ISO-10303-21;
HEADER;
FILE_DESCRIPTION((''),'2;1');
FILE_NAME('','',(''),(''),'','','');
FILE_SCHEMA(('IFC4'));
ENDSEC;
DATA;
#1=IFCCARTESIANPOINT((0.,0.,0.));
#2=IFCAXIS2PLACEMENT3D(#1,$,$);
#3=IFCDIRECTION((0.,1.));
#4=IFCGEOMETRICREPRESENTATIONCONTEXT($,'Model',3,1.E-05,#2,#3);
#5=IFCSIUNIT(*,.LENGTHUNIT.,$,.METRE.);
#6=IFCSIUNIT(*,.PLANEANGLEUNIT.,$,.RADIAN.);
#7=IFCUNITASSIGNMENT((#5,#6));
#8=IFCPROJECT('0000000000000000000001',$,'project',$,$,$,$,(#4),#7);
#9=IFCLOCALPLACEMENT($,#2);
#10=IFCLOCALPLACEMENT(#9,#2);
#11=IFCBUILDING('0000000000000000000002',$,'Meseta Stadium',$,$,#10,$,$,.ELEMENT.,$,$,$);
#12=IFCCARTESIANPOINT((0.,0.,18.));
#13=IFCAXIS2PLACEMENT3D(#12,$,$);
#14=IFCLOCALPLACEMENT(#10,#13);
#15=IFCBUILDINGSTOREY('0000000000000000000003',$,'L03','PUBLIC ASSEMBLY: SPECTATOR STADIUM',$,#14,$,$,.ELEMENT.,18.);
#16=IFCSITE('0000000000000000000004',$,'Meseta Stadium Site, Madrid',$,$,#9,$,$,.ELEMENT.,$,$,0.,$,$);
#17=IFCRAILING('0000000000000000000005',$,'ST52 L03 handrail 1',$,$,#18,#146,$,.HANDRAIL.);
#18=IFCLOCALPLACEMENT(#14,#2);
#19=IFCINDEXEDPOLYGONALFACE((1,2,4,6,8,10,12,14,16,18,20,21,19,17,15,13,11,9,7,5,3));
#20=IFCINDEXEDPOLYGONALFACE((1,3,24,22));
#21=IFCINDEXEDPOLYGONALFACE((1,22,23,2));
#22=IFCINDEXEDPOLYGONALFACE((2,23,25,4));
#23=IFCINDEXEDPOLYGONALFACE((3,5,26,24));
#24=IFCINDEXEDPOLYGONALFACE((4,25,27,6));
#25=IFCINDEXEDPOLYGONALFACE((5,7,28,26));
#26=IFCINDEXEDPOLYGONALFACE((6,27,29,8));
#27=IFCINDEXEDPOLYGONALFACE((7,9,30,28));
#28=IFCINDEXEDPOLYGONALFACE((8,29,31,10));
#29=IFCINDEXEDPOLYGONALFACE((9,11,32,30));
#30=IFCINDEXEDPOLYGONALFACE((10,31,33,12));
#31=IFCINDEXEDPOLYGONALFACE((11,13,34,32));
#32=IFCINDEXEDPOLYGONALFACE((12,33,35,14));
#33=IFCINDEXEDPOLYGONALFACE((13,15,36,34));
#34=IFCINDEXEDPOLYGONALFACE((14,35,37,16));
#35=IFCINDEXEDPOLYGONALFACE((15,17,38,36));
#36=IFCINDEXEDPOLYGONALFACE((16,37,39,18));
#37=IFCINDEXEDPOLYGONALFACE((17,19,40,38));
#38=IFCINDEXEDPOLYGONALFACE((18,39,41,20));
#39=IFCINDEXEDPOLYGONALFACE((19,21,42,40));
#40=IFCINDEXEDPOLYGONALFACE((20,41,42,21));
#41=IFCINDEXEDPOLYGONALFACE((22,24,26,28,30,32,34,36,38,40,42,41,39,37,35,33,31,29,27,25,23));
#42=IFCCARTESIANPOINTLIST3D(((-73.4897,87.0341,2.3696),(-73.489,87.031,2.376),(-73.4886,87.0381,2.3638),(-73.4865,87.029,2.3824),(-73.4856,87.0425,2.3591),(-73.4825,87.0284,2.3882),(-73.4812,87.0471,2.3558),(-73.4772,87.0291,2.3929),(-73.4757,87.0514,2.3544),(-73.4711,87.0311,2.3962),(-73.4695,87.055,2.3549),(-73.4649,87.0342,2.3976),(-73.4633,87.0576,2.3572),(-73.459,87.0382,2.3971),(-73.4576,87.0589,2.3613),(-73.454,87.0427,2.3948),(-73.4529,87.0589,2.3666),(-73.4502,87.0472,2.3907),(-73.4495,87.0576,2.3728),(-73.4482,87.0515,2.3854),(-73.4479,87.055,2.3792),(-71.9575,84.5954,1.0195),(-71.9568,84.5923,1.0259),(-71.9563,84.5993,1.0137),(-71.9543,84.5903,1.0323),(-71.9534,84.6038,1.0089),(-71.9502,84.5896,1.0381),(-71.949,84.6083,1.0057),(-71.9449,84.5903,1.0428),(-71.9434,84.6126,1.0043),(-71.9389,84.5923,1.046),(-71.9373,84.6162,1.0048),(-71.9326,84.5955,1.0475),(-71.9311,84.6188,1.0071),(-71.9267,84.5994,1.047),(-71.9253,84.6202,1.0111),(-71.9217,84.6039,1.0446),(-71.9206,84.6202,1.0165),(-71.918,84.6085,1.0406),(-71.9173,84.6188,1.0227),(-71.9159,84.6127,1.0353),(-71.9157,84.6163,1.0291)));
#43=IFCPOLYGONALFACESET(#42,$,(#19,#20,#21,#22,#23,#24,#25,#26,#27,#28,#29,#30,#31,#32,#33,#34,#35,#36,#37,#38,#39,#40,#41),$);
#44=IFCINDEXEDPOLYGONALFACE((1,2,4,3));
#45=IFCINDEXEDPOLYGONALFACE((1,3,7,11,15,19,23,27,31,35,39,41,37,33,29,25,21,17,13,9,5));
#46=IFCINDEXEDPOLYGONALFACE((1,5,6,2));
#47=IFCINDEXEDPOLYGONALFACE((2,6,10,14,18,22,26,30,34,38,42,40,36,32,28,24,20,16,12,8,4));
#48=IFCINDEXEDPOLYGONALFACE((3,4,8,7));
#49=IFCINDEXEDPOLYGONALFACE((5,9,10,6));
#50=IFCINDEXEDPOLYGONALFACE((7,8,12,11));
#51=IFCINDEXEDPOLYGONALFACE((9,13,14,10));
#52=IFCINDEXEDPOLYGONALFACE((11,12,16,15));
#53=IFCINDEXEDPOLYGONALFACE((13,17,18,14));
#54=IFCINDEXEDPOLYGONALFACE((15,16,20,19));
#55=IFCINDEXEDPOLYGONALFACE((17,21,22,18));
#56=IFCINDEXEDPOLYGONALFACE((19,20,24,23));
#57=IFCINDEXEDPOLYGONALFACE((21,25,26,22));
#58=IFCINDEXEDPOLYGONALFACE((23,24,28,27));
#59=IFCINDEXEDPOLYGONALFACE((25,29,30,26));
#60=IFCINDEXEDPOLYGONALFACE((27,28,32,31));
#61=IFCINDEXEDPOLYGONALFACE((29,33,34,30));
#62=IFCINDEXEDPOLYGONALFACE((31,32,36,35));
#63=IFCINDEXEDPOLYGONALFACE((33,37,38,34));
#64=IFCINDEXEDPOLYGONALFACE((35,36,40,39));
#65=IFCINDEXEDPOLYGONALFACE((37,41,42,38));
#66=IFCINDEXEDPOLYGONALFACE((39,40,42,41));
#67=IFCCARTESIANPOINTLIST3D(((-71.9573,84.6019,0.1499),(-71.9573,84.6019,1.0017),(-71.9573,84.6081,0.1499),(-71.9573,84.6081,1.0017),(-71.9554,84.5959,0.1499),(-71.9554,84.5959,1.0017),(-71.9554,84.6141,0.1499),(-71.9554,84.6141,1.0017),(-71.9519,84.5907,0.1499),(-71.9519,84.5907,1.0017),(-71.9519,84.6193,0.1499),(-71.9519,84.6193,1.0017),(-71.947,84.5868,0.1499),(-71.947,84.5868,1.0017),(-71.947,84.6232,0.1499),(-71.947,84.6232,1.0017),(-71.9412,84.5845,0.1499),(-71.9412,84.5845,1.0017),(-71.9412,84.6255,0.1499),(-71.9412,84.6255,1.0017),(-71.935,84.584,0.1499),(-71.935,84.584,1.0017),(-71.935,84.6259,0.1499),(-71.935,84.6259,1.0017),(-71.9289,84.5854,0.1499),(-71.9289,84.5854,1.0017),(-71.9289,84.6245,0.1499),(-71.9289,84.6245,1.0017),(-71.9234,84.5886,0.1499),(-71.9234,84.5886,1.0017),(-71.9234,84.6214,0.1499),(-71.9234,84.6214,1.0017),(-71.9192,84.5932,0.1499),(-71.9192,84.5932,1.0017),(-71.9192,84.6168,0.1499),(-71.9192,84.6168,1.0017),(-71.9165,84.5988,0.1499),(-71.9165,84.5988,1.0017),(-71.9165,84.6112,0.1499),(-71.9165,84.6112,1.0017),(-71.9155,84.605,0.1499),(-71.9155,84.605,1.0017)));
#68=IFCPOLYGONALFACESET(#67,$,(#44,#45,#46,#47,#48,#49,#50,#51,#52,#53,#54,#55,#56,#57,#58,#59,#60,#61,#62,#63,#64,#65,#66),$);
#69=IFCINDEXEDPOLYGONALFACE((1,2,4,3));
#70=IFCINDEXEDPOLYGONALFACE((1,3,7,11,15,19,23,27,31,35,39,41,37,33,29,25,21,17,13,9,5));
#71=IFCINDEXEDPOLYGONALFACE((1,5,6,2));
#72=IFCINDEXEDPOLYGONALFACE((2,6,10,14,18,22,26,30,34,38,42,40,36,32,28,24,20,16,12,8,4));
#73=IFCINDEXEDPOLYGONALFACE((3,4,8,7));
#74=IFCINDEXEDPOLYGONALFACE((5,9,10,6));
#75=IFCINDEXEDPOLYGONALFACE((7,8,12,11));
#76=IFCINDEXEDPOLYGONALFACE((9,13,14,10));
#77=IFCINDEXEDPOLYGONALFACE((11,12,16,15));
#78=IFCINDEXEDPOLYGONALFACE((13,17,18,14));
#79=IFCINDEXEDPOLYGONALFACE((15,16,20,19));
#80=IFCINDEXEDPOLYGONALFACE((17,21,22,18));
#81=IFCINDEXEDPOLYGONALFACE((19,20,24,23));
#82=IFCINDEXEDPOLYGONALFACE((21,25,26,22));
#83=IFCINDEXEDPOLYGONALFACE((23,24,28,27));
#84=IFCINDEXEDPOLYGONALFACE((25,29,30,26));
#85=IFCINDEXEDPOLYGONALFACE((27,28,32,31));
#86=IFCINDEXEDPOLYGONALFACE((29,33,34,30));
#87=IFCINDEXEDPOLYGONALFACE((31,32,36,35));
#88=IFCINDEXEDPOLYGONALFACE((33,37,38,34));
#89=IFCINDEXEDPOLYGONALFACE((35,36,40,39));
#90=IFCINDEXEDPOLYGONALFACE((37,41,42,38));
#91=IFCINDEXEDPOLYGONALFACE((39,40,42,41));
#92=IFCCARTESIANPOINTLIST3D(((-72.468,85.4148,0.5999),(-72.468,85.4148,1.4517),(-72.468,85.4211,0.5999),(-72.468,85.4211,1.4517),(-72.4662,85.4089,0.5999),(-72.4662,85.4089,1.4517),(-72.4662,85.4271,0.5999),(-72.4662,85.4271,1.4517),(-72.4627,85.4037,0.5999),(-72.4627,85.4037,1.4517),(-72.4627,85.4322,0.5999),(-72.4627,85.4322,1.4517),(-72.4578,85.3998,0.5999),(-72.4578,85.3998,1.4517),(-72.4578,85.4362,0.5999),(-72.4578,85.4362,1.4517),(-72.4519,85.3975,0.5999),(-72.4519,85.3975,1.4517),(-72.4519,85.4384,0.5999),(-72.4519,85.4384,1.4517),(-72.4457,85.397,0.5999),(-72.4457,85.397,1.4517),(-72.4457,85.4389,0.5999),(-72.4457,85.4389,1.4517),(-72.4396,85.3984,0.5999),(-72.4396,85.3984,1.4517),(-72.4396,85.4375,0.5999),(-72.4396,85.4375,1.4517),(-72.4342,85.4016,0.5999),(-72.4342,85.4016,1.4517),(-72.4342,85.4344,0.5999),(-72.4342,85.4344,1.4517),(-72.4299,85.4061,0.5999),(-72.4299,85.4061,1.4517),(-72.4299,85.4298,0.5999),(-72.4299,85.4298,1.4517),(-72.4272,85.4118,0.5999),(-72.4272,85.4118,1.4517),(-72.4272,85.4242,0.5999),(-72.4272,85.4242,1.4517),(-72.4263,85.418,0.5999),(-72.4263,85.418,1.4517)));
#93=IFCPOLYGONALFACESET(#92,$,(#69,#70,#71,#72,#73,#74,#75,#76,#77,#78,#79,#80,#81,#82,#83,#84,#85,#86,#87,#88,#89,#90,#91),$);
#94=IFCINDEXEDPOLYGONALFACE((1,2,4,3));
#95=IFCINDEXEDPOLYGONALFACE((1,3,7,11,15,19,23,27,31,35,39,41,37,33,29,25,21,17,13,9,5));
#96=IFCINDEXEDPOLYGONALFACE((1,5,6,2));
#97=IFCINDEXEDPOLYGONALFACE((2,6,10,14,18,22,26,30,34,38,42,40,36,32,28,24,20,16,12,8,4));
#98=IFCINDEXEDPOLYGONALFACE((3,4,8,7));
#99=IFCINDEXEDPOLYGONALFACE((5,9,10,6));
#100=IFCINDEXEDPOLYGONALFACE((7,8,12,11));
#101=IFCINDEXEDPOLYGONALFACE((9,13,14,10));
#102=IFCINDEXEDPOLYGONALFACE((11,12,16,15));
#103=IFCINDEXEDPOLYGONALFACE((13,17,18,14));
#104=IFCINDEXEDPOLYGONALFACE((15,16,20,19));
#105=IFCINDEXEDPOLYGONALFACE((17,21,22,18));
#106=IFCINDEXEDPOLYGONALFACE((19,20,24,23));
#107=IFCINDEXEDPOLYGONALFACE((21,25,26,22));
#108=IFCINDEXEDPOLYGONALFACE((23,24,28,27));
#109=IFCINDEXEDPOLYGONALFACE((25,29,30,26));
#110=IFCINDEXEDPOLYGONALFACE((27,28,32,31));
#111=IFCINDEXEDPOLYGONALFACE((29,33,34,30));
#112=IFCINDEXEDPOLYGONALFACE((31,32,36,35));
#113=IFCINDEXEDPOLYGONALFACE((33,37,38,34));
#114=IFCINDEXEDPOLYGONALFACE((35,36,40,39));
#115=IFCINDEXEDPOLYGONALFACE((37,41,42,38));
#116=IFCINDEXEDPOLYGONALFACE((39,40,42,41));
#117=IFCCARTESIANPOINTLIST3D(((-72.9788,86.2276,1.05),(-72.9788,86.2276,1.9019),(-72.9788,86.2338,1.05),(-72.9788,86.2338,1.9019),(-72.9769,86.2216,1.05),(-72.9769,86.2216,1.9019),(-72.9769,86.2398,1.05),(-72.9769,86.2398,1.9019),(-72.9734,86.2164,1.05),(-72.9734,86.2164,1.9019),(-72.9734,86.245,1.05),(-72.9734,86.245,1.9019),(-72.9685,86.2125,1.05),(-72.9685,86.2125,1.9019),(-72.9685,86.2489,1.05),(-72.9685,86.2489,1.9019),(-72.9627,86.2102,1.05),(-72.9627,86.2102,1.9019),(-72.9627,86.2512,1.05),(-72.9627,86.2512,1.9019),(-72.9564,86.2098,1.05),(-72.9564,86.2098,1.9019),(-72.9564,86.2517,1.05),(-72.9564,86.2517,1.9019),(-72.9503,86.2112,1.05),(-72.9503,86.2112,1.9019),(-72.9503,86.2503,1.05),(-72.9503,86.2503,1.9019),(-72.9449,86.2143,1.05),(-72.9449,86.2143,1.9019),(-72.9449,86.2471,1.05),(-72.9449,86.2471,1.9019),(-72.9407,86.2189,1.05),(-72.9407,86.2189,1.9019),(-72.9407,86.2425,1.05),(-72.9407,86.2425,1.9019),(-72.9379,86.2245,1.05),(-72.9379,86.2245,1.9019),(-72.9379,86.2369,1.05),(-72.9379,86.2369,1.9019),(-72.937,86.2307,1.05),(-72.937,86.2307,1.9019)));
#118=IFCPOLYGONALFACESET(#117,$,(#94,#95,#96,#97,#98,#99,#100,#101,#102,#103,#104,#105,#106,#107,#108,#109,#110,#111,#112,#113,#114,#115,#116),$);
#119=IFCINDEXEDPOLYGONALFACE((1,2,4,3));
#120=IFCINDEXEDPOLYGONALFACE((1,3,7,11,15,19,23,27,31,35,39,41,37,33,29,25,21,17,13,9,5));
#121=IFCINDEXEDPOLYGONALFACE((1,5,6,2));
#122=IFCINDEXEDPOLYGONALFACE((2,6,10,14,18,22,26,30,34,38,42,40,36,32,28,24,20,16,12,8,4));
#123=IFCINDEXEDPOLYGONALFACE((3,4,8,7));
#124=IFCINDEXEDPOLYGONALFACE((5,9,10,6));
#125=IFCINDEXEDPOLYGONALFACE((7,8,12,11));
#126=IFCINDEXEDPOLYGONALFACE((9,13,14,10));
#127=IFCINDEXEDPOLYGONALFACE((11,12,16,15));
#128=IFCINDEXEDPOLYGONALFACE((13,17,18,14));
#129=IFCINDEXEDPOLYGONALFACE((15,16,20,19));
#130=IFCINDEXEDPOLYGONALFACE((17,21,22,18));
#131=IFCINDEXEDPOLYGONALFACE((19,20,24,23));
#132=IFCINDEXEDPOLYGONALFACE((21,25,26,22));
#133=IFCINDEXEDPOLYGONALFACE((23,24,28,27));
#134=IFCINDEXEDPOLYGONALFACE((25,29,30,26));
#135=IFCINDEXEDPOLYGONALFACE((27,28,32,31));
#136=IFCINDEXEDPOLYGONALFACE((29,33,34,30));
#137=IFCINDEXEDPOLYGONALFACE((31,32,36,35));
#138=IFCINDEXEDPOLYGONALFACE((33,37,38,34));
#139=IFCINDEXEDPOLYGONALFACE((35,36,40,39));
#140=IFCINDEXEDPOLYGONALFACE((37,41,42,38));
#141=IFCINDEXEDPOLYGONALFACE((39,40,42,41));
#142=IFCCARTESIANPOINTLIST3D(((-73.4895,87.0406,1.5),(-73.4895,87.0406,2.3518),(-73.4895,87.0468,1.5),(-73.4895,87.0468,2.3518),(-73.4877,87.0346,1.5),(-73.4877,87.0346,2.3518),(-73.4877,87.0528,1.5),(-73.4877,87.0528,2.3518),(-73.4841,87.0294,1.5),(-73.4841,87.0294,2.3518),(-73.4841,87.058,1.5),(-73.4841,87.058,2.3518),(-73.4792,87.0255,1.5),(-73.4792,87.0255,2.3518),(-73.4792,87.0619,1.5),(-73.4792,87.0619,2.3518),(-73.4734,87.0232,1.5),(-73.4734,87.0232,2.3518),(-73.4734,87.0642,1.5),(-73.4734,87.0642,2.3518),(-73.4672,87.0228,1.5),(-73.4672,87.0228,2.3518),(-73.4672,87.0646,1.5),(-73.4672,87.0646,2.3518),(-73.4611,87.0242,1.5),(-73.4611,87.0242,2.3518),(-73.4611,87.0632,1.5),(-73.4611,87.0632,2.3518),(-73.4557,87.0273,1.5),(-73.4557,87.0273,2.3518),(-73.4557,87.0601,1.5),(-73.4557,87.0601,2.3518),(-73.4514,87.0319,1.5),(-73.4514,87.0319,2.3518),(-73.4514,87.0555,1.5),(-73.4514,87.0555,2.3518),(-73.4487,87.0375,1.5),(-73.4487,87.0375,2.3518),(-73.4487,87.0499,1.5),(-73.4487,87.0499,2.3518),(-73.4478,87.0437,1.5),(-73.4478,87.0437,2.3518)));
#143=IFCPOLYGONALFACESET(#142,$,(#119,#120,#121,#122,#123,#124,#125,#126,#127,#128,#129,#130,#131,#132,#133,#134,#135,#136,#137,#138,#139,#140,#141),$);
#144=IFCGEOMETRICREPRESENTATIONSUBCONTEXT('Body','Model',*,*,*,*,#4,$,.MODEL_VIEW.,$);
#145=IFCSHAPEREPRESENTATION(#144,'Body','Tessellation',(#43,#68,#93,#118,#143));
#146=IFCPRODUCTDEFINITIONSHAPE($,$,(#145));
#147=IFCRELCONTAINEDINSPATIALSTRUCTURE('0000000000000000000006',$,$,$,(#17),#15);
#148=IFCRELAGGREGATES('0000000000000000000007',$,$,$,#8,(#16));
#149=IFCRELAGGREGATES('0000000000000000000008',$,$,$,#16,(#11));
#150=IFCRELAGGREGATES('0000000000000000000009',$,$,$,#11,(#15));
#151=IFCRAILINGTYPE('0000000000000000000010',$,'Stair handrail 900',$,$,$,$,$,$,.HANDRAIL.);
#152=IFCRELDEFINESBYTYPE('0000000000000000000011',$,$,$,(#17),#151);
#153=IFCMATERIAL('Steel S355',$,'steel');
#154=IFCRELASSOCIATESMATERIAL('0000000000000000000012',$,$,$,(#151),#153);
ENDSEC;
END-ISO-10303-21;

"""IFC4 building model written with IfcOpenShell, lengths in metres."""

from ifc_helpers import new_model, si_unit, direction, frame, origin, origin_2d, place, context, subcontext, project, spatial, circle, extrude, material, type_object, element, save


model = new_model("IFC4")

# Units and contexts
model_context = context("Model", 3, precision=1e-05, world=origin(), true_north=direction((0.0, 1.0)))
body_context = subcontext(model_context, "Body", "Model", "MODEL_VIEW")
ifc_project = project(units=[si_unit("LENGTHUNIT", "METRE"), si_unit("PLANEANGLEUNIT", "RADIAN")], contexts=[model_context])

# Site, building, storey
site_placement = place(None, origin())
site = spatial("IfcSite", under=ifc_project, at=site_placement, Name="Meseta Stadium Site, Madrid", CompositionType="ELEMENT", RefElevation=0.0)
building_placement = place(site_placement, origin())
building = spatial("IfcBuilding", under=site, at=building_placement, Name="Meseta Stadium", CompositionType="ELEMENT")
storey_placement = place(building_placement, frame((0.0, 0.0, 18.0)))
storey = spatial("IfcBuildingStorey", under=building, at=storey_placement, Name="L03", Description="PUBLIC ASSEMBLY: SPECTATOR STADIUM", CompositionType="ELEMENT", Elevation=18.0)

# Railing
ifc_material_1 = material(Name="Steel S355", Category="steel")
railing_type_1 = type_object("IfcRailingType", Name="Stair handrail 900", PredefinedType="HANDRAIL", material=ifc_material_1)
for number, where, name in (
    (1, (-71.9365, 84.605, 0.1499), "ST52 L03 handrail 1"),
):
    element("IfcRailing", number, at=place(storey_placement, frame(where)), inside=storey, type_object=railing_type_1, Name=name, PredefinedType="HANDRAIL", context=body_context, shape_type="SweptSolid", body=[
        extrude(circle(Radius=0.0239, at=origin_2d()), frame((0.0, 0.0, 0.876), z_axis=(-0.481703, 0.766687, 0.424445), x_axis=(-0.846743, -0.532001, 0.0)), (0.0, 0.0, 1.0), 3.1809),
        extrude(circle(Radius=0.021, at=origin_2d()), origin(), (0.0, 0.0, 1.0), 0.8518),
        extrude(circle(Radius=0.021, at=origin_2d()), frame((-0.5107, 0.813, 0.45)), (0.0, 0.0, 1.0), 0.8518),
        extrude(circle(Radius=0.021, at=origin_2d()), frame((-1.0215, 1.6257, 0.9001)), (0.0, 0.0, 1.0), 0.8518),
        extrude(circle(Radius=0.021, at=origin_2d()), frame((-1.5322, 2.4387, 1.3501)), (0.0, 0.0, 1.0), 0.8518),
    ])

save(model, "model.ifc")
